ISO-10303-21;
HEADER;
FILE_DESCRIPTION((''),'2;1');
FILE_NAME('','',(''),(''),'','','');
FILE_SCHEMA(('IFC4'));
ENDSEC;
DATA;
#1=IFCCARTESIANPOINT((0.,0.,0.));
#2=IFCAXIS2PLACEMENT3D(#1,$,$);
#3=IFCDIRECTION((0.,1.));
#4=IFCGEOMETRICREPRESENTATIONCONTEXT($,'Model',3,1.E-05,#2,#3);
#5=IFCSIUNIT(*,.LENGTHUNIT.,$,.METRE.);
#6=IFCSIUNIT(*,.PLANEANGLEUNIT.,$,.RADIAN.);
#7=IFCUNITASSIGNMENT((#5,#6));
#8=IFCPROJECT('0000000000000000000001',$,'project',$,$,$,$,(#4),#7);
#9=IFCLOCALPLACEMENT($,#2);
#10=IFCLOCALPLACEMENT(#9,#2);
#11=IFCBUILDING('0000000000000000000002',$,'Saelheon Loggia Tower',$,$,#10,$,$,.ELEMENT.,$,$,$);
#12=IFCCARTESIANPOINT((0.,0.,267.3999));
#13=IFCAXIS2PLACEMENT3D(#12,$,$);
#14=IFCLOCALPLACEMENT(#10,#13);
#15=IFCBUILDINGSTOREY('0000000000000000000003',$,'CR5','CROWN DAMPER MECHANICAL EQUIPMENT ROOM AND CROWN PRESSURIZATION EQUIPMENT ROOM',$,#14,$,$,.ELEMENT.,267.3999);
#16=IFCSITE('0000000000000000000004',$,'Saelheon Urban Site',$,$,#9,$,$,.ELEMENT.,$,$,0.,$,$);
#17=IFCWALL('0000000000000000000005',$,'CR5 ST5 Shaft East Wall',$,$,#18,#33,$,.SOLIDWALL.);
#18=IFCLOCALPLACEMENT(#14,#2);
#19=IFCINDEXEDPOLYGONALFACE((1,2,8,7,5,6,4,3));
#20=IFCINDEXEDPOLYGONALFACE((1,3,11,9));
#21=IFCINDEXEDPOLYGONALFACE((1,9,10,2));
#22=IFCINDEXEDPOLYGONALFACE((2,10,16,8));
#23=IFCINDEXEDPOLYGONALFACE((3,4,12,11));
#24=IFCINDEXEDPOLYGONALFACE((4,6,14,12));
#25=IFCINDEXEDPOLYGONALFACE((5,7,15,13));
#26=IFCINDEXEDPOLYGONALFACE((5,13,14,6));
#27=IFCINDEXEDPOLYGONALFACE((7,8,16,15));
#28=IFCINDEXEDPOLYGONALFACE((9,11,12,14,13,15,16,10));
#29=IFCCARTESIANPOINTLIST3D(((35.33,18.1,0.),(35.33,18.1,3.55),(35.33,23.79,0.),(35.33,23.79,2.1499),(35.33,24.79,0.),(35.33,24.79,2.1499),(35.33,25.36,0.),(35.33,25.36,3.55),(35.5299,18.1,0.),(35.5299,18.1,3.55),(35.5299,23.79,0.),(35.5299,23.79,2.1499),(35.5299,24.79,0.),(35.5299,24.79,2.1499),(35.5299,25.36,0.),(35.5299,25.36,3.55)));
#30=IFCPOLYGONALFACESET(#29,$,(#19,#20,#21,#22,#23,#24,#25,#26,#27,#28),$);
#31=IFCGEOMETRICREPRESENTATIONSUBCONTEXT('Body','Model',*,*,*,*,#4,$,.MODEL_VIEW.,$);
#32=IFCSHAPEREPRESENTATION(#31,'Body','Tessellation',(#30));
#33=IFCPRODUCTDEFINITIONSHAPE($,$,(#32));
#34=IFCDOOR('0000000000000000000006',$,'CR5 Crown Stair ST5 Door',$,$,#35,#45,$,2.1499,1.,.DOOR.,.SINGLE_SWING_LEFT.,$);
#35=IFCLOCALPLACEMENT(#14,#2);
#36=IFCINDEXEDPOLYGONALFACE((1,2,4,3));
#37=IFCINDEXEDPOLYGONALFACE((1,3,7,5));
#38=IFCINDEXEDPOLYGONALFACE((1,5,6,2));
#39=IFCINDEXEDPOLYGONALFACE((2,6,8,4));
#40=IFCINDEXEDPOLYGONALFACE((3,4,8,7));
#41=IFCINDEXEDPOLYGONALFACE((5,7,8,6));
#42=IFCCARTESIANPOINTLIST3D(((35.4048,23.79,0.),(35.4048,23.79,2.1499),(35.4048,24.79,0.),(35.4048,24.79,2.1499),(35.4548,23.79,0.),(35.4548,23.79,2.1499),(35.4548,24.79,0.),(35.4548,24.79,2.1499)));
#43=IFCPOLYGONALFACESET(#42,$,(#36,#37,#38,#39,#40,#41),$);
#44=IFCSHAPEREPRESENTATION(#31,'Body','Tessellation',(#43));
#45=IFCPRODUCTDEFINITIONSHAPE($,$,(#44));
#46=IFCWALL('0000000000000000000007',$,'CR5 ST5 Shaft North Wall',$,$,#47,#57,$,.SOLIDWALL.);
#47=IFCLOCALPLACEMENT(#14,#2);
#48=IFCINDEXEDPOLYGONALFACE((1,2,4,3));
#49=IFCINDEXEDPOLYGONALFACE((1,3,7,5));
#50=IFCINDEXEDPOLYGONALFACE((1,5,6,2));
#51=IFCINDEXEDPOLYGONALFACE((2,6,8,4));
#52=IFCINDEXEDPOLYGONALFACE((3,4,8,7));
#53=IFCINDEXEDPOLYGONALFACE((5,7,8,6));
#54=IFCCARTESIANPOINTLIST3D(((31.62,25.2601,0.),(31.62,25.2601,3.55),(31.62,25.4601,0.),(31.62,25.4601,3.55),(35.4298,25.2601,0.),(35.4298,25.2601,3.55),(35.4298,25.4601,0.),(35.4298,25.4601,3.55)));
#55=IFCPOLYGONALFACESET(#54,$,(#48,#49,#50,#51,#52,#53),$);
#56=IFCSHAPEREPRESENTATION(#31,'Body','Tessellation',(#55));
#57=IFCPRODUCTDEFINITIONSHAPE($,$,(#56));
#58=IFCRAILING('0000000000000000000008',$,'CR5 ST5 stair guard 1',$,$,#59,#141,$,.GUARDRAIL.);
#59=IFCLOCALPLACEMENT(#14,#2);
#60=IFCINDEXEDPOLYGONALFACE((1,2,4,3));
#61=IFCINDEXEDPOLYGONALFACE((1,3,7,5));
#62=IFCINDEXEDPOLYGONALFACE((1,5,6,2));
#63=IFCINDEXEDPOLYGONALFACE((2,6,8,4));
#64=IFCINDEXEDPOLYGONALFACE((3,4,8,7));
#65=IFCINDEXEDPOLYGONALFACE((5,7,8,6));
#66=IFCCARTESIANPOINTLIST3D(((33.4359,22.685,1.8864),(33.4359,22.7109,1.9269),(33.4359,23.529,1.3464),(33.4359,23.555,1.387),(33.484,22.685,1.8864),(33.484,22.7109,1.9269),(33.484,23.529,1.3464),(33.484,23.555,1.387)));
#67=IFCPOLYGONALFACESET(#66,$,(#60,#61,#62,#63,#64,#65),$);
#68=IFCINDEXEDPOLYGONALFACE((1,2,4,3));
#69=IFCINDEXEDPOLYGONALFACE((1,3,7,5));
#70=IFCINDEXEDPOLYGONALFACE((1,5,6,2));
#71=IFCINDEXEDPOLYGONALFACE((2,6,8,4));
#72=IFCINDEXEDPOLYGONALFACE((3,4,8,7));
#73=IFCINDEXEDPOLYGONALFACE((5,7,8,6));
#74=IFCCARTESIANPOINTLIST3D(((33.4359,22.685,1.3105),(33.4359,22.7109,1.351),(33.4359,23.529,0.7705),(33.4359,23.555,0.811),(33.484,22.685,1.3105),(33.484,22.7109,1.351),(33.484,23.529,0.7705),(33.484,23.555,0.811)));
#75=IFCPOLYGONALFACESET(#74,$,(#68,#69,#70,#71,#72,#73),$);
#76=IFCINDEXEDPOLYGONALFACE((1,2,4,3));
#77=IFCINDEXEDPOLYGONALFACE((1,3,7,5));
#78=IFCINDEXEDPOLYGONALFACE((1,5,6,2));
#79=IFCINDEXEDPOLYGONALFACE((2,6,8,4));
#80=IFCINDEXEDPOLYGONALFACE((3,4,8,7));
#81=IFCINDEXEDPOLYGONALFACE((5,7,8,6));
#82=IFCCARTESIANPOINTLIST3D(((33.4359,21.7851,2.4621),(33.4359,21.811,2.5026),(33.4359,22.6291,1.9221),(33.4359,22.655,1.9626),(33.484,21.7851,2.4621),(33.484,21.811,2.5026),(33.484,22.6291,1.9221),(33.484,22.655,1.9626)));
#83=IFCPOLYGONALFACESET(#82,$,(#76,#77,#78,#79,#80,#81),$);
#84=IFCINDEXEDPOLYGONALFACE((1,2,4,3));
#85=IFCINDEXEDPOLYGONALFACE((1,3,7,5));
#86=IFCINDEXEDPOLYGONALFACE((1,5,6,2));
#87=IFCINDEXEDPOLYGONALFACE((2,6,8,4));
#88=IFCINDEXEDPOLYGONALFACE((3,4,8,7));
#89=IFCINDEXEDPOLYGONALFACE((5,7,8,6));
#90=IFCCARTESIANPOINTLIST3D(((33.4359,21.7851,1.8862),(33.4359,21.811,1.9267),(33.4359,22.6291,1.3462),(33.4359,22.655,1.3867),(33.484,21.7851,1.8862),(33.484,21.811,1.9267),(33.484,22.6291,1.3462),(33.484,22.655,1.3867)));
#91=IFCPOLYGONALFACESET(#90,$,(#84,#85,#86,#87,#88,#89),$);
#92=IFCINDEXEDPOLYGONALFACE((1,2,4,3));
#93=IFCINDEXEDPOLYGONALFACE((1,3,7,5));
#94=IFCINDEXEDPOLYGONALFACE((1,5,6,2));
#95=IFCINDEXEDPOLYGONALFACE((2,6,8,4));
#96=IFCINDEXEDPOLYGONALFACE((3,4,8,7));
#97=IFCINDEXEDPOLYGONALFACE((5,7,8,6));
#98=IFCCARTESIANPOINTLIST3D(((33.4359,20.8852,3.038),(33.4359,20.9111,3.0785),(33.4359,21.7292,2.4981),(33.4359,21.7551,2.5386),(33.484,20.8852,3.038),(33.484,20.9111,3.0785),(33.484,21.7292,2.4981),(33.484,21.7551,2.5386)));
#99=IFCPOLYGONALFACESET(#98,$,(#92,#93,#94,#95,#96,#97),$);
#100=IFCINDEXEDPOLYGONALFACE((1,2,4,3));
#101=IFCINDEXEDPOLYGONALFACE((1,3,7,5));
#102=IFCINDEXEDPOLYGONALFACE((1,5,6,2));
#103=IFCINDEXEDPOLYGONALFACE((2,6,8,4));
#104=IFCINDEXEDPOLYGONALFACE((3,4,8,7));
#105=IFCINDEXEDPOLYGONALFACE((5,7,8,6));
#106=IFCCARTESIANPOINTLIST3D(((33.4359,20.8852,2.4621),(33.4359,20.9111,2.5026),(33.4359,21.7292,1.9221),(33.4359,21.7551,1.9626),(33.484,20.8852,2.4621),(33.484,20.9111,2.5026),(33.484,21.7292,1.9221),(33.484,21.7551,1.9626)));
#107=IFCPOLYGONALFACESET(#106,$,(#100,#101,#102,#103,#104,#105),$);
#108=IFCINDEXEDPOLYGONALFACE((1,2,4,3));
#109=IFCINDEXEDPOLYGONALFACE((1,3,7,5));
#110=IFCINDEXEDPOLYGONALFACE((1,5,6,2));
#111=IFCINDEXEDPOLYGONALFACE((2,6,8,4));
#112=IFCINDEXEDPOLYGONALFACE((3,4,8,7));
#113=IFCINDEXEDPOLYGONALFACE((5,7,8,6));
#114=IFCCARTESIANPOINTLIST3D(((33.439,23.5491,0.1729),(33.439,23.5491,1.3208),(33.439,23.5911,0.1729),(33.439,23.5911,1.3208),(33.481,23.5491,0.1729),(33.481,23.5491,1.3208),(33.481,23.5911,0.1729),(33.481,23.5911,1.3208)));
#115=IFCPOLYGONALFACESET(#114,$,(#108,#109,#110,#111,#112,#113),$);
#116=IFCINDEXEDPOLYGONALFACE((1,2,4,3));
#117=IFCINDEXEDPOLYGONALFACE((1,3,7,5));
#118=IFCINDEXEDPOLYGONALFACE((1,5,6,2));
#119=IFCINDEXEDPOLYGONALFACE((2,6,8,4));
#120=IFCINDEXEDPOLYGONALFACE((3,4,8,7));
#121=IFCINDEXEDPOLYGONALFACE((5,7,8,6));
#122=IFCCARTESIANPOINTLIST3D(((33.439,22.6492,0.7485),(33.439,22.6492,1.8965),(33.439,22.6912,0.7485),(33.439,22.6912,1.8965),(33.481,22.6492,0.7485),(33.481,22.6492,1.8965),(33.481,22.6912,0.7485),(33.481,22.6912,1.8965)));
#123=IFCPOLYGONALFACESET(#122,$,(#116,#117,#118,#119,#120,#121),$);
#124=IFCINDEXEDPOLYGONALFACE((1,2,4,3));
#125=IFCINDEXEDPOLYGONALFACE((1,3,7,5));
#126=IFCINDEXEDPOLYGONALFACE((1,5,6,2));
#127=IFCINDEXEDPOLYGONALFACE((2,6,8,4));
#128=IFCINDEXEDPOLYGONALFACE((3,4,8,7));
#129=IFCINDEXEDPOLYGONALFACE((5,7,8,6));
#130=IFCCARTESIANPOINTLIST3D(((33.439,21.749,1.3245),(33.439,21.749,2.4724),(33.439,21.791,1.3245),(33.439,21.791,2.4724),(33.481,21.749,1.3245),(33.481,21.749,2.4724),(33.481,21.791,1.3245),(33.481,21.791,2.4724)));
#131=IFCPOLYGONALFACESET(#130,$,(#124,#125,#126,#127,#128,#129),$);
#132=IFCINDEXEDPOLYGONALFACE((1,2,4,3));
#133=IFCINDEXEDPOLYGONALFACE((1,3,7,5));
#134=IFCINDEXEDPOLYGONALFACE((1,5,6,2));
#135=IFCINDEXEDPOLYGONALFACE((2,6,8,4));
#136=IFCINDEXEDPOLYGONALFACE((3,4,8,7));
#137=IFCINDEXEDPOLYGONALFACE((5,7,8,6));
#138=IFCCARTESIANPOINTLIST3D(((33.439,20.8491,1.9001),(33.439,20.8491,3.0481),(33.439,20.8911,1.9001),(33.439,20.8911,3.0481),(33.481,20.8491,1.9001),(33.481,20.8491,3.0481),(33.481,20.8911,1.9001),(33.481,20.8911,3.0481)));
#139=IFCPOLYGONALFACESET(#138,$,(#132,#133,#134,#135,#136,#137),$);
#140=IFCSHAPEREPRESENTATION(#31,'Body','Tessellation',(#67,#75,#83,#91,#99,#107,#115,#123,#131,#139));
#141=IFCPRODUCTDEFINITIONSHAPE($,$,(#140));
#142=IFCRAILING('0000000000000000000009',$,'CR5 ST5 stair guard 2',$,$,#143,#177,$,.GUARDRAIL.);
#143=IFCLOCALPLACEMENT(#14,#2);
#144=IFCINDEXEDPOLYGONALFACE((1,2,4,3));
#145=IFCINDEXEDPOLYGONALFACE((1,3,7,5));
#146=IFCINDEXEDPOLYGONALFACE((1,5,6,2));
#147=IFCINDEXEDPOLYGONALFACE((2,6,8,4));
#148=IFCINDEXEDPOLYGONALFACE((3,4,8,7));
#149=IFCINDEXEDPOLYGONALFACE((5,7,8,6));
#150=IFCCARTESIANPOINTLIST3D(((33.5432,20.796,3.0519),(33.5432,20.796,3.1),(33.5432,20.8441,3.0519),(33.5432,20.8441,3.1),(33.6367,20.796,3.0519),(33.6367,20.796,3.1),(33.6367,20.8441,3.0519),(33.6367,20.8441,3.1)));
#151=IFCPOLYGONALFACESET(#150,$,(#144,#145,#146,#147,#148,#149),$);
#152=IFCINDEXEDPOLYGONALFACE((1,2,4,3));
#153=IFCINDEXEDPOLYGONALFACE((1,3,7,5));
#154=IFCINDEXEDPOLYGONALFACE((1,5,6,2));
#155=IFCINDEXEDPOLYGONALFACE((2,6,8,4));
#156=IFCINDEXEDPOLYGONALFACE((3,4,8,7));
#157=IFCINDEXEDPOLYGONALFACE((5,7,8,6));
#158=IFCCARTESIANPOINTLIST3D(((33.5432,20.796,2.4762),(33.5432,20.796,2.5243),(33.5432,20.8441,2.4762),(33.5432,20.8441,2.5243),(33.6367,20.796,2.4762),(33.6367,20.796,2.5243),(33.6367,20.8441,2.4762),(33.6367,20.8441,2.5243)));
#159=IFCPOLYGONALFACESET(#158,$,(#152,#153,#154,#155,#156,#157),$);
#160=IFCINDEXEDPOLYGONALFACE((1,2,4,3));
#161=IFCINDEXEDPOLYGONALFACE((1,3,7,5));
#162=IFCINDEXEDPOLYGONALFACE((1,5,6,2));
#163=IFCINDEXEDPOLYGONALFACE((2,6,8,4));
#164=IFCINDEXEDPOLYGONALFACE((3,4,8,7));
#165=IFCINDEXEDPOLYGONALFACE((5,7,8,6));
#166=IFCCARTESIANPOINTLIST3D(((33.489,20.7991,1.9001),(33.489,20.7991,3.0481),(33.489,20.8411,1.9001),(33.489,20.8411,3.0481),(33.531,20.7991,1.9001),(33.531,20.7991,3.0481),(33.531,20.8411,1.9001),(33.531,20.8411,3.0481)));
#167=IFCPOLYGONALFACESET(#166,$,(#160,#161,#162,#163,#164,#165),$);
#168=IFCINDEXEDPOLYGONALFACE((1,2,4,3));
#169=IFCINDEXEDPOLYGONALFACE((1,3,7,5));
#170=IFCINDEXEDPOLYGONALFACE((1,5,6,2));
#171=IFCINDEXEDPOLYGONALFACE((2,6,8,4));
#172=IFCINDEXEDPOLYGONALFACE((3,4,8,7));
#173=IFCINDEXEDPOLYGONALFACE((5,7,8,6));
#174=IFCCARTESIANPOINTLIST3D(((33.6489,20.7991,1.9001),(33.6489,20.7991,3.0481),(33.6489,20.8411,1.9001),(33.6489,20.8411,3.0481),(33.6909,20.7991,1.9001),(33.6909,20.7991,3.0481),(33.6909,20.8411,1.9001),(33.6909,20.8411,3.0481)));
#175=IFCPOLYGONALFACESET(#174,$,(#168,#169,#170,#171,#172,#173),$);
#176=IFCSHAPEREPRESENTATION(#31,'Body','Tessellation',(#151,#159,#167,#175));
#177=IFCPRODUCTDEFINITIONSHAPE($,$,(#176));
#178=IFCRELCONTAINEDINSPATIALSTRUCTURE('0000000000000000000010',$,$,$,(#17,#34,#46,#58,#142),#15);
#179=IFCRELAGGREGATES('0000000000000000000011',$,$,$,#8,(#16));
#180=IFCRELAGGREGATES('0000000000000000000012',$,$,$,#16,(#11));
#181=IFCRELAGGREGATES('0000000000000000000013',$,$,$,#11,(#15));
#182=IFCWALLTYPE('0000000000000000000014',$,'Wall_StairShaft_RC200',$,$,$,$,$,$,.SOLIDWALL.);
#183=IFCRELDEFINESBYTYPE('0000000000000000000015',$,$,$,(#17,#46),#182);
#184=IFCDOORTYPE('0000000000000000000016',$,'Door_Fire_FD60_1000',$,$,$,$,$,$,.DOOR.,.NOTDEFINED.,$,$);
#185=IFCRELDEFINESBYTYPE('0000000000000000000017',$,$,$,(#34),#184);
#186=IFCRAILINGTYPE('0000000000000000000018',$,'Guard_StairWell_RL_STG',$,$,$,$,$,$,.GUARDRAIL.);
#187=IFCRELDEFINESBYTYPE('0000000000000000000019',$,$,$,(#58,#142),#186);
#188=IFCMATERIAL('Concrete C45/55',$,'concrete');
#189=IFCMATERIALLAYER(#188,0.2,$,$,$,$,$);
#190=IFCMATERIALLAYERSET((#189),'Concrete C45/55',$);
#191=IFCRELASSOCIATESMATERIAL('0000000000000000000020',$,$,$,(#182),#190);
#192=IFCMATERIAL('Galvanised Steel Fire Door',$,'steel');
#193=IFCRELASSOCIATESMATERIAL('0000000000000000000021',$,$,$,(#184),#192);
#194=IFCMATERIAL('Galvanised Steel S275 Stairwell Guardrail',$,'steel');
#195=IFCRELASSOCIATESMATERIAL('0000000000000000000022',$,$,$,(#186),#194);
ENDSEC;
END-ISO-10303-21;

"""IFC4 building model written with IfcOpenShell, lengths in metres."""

from ifc_helpers import new_model, si_unit, direction, frame, frame_2d, origin, origin_2d, place, context, subcontext, project, spatial, rectangle, extrude, source, transform, mapped, material, layer, layer_set, type_object, element, fill, save


model = new_model("IFC4")

# Units and contexts
model_context = context("Model", 3, precision=1e-05, world=origin(), true_north=direction((0.0, 1.0)))
body_context = subcontext(model_context, "Body", "Model", "MODEL_VIEW")
ifc_project = project(units=[si_unit("LENGTHUNIT", "METRE"), si_unit("PLANEANGLEUNIT", "RADIAN")], contexts=[model_context])

# Site, building, storey
site_placement = place(None, origin())
site = spatial("IfcSite", under=ifc_project, at=site_placement, Name="Saelheon Urban Site", CompositionType="ELEMENT", RefElevation=0.0)
building_placement = place(site_placement, origin())
building = spatial("IfcBuilding", under=site, at=building_placement, Name="Saelheon Loggia Tower", CompositionType="ELEMENT")
storey_placement = place(building_placement, frame((0.0, 0.0, 267.3999)))
storey = spatial("IfcBuildingStorey", under=building, at=storey_placement, Name="CR5", Description="CROWN DAMPER MECHANICAL EQUIPMENT ROOM AND CROWN PRESSURIZATION EQUIPMENT ROOM", CompositionType="ELEMENT", Elevation=267.3999)

# Shared definitions
ifc_material_1 = material(Name="Concrete C45/55", Category="concrete")
ifc_layer_1 = layer(ifc_material_1, 0.2)
ifc_layer_set_1 = layer_set([ifc_layer_1], Name="Concrete C45/55")
wall_type_1 = type_object("IfcWallType", Name="Wall_StairShaft_RC200", PredefinedType="SOLIDWALL", material=ifc_layer_set_1)

# Wall, opening, door
wall_1_placement = place(storey_placement, frame((35.4299, 18.1001, 0.0), z_axis=(0.0, 0.0, 1.0), x_axis=(0.0, 1.0, 0.0)))
wall_1 = element("IfcWall", 1, at=wall_1_placement, inside=storey, type_object=wall_type_1, Name="CR5 ST5 Shaft East Wall", PredefinedType="SOLIDWALL", context=body_context, shape_type="SweptSolid", body=[
    extrude(rectangle(XDim=7.26, YDim=0.2, at=frame_2d((3.6299, 0.0))), origin(), (0.0, 0.0, 1.0), 3.55),
])
opening_1_placement = place(wall_1_placement, frame((6.6899, 0.0, 0.0), z_axis=(0.0, 0.0, 1.0), x_axis=(-1.0, 0.0, 0.0)))
opening_1 = element("IfcOpeningElement", 2, at=opening_1_placement, cuts=wall_1, PredefinedType="OPENING", context=body_context, shape_type="SweptSolid", body=[
    extrude(rectangle(XDim=1.0, YDim=2.1499, at=frame_2d((0.5, 1.075))), frame((0.0, 0.1121, 0.0), z_axis=(0.0, -1.0, 0.0), x_axis=(1.0, 0.0, 0.0)), (0.0, 0.0, 1.0), 0.2239),
])
ifc_material_2 = material(Name="Galvanised Steel Fire Door", Category="steel")
door_type_1 = type_object("IfcDoorType", Name="Door_Fire_FD60_1000", OperationType="NOTDEFINED", PredefinedType="DOOR", material=ifc_material_2)
shared_shape_1 = source(origin(), body_context, "Body", "SweptSolid", [
    extrude(rectangle(XDim=1.0, YDim=2.1499, at=frame_2d((0.5, 1.075))), frame((0.0, 0.0249, 0.0), z_axis=(0.0, -1.0, 0.0), x_axis=(1.0, 0.0, 0.0)), (0.0, 0.0, 1.0), 0.05),
])
door_1_placement = place(opening_1_placement, origin())
door_1 = element("IfcDoor", 3, at=door_1_placement, inside=storey, type_object=door_type_1, Name="CR5 Crown Stair ST5 Door", OperationType="SINGLE_SWING_LEFT", OverallHeight=2.1499, OverallWidth=1.0, PredefinedType="DOOR", context=body_context, shape_type="MappedRepresentation", body=[
    mapped(shared_shape_1, transform((0.0, 0.0, 0.0), scale=1.0)),
])
fill(opening_1, door_1)

# Wall
wall_2_placement = place(storey_placement, frame((31.6201, 25.3601, 0.0), z_axis=(0.0, 0.0, 1.0), x_axis=(1.0, 0.0, 0.0)))
element("IfcWall", 4, at=wall_2_placement, inside=storey, type_object=wall_type_1, Name="CR5 ST5 Shaft North Wall", PredefinedType="SOLIDWALL", context=body_context, shape_type="SweptSolid", body=[
    extrude(rectangle(XDim=3.8098, YDim=0.2, at=frame_2d((1.9048, 0.0))), origin(), (0.0, 0.0, 1.0), 3.55),
])

# Railings
ifc_material_3 = material(Name="Galvanised Steel S275 Stairwell Guardrail", Category="steel")
railing_type_1 = type_object("IfcRailingType", Name="Guard_StairWell_RL_STG", PredefinedType="GUARDRAIL", material=ifc_material_3)
railing_1_placement = place(storey_placement, frame((33.46, 23.5701, 0.1729)))
element("IfcRailing", 5, at=railing_1_placement, inside=storey, type_object=railing_type_1, Name="CR5 ST5 stair guard 1", PredefinedType="GUARDRAIL", context=body_context, shape_type="SweptSolid", body=[
    extrude(rectangle(XDim=0.0481, YDim=0.0481, at=origin_2d()), frame((0.0, -0.0281, 1.1938), z_axis=(0.0, -0.842367, 0.538905), x_axis=(1.0, 0.0, 0.0)), (0.0, 0.0, 1.0), 1.002),
    extrude(rectangle(XDim=0.0481, YDim=0.0481, at=origin_2d()), frame((0.0, -0.0281, 0.6179), z_axis=(0.0, -0.842367, 0.538905), x_axis=(1.0, 0.0, 0.0)), (0.0, 0.0, 1.0), 1.002),
    extrude(rectangle(XDim=0.0481, YDim=0.0481, at=origin_2d()), frame((0.0, -0.928, 1.7695), z_axis=(0.0, -0.842367, 0.538905), x_axis=(1.0, 0.0, 0.0)), (0.0, 0.0, 1.0), 1.002),
    extrude(rectangle(XDim=0.0481, YDim=0.0481, at=origin_2d()), frame((0.0, -0.928, 1.1936), z_axis=(0.0, -0.842367, 0.538905), x_axis=(1.0, 0.0, 0.0)), (0.0, 0.0, 1.0), 1.002),
    extrude(rectangle(XDim=0.0481, YDim=0.0481, at=origin_2d()), frame((0.0, -1.8279, 2.3455), z_axis=(0.0, -0.842367, 0.538905), x_axis=(1.0, 0.0, 0.0)), (0.0, 0.0, 1.0), 1.002),
    extrude(rectangle(XDim=0.0481, YDim=0.0481, at=origin_2d()), frame((0.0, -1.8279, 1.7695), z_axis=(0.0, -0.842367, 0.538905), x_axis=(1.0, 0.0, 0.0)), (0.0, 0.0, 1.0), 1.002),
    extrude(rectangle(XDim=0.042, YDim=0.042, at=origin_2d()), origin(), (0.0, 0.0, 1.0), 1.1479),
    extrude(rectangle(XDim=0.042, YDim=0.042, at=origin_2d()), frame((0.0, -0.8999, 0.5757)), (0.0, 0.0, 1.0), 1.1479),
    extrude(rectangle(XDim=0.042, YDim=0.042, at=origin_2d()), frame((0.0, -1.8, 1.1516)), (0.0, 0.0, 1.0), 1.1479),
    extrude(rectangle(XDim=0.042, YDim=0.042, at=origin_2d()), frame((0.0, -2.7, 1.7273)), (0.0, 0.0, 1.0), 1.1479),
])
railing_2_placement = place(storey_placement, frame((33.51, 20.8201, 1.9001)))
element("IfcRailing", 6, at=railing_2_placement, inside=storey, type_object=railing_type_1, Name="CR5 ST5 stair guard 2", PredefinedType="GUARDRAIL", context=body_context, shape_type="SweptSolid", body=[
    extrude(rectangle(XDim=0.0481, YDim=0.0481, at=origin_2d()), frame((0.0332, 0.0, 1.1758), z_axis=(1.0, 0.0, 0.0), x_axis=(0.0, 1.0, 0.0)), (0.0, 0.0, 1.0), 0.0935),
    extrude(rectangle(XDim=0.0481, YDim=0.0481, at=origin_2d()), frame((0.0332, 0.0, 0.6001), z_axis=(1.0, 0.0, 0.0), x_axis=(0.0, 1.0, 0.0)), (0.0, 0.0, 1.0), 0.0935),
    extrude(rectangle(XDim=0.042, YDim=0.042, at=origin_2d()), origin(), (0.0, 0.0, 1.0), 1.1479),
    extrude(rectangle(XDim=0.042, YDim=0.042, at=origin_2d()), frame((0.1599, 0.0, 0.0)), (0.0, 0.0, 1.0), 1.1479),
])

save(model, "model.ifc")
